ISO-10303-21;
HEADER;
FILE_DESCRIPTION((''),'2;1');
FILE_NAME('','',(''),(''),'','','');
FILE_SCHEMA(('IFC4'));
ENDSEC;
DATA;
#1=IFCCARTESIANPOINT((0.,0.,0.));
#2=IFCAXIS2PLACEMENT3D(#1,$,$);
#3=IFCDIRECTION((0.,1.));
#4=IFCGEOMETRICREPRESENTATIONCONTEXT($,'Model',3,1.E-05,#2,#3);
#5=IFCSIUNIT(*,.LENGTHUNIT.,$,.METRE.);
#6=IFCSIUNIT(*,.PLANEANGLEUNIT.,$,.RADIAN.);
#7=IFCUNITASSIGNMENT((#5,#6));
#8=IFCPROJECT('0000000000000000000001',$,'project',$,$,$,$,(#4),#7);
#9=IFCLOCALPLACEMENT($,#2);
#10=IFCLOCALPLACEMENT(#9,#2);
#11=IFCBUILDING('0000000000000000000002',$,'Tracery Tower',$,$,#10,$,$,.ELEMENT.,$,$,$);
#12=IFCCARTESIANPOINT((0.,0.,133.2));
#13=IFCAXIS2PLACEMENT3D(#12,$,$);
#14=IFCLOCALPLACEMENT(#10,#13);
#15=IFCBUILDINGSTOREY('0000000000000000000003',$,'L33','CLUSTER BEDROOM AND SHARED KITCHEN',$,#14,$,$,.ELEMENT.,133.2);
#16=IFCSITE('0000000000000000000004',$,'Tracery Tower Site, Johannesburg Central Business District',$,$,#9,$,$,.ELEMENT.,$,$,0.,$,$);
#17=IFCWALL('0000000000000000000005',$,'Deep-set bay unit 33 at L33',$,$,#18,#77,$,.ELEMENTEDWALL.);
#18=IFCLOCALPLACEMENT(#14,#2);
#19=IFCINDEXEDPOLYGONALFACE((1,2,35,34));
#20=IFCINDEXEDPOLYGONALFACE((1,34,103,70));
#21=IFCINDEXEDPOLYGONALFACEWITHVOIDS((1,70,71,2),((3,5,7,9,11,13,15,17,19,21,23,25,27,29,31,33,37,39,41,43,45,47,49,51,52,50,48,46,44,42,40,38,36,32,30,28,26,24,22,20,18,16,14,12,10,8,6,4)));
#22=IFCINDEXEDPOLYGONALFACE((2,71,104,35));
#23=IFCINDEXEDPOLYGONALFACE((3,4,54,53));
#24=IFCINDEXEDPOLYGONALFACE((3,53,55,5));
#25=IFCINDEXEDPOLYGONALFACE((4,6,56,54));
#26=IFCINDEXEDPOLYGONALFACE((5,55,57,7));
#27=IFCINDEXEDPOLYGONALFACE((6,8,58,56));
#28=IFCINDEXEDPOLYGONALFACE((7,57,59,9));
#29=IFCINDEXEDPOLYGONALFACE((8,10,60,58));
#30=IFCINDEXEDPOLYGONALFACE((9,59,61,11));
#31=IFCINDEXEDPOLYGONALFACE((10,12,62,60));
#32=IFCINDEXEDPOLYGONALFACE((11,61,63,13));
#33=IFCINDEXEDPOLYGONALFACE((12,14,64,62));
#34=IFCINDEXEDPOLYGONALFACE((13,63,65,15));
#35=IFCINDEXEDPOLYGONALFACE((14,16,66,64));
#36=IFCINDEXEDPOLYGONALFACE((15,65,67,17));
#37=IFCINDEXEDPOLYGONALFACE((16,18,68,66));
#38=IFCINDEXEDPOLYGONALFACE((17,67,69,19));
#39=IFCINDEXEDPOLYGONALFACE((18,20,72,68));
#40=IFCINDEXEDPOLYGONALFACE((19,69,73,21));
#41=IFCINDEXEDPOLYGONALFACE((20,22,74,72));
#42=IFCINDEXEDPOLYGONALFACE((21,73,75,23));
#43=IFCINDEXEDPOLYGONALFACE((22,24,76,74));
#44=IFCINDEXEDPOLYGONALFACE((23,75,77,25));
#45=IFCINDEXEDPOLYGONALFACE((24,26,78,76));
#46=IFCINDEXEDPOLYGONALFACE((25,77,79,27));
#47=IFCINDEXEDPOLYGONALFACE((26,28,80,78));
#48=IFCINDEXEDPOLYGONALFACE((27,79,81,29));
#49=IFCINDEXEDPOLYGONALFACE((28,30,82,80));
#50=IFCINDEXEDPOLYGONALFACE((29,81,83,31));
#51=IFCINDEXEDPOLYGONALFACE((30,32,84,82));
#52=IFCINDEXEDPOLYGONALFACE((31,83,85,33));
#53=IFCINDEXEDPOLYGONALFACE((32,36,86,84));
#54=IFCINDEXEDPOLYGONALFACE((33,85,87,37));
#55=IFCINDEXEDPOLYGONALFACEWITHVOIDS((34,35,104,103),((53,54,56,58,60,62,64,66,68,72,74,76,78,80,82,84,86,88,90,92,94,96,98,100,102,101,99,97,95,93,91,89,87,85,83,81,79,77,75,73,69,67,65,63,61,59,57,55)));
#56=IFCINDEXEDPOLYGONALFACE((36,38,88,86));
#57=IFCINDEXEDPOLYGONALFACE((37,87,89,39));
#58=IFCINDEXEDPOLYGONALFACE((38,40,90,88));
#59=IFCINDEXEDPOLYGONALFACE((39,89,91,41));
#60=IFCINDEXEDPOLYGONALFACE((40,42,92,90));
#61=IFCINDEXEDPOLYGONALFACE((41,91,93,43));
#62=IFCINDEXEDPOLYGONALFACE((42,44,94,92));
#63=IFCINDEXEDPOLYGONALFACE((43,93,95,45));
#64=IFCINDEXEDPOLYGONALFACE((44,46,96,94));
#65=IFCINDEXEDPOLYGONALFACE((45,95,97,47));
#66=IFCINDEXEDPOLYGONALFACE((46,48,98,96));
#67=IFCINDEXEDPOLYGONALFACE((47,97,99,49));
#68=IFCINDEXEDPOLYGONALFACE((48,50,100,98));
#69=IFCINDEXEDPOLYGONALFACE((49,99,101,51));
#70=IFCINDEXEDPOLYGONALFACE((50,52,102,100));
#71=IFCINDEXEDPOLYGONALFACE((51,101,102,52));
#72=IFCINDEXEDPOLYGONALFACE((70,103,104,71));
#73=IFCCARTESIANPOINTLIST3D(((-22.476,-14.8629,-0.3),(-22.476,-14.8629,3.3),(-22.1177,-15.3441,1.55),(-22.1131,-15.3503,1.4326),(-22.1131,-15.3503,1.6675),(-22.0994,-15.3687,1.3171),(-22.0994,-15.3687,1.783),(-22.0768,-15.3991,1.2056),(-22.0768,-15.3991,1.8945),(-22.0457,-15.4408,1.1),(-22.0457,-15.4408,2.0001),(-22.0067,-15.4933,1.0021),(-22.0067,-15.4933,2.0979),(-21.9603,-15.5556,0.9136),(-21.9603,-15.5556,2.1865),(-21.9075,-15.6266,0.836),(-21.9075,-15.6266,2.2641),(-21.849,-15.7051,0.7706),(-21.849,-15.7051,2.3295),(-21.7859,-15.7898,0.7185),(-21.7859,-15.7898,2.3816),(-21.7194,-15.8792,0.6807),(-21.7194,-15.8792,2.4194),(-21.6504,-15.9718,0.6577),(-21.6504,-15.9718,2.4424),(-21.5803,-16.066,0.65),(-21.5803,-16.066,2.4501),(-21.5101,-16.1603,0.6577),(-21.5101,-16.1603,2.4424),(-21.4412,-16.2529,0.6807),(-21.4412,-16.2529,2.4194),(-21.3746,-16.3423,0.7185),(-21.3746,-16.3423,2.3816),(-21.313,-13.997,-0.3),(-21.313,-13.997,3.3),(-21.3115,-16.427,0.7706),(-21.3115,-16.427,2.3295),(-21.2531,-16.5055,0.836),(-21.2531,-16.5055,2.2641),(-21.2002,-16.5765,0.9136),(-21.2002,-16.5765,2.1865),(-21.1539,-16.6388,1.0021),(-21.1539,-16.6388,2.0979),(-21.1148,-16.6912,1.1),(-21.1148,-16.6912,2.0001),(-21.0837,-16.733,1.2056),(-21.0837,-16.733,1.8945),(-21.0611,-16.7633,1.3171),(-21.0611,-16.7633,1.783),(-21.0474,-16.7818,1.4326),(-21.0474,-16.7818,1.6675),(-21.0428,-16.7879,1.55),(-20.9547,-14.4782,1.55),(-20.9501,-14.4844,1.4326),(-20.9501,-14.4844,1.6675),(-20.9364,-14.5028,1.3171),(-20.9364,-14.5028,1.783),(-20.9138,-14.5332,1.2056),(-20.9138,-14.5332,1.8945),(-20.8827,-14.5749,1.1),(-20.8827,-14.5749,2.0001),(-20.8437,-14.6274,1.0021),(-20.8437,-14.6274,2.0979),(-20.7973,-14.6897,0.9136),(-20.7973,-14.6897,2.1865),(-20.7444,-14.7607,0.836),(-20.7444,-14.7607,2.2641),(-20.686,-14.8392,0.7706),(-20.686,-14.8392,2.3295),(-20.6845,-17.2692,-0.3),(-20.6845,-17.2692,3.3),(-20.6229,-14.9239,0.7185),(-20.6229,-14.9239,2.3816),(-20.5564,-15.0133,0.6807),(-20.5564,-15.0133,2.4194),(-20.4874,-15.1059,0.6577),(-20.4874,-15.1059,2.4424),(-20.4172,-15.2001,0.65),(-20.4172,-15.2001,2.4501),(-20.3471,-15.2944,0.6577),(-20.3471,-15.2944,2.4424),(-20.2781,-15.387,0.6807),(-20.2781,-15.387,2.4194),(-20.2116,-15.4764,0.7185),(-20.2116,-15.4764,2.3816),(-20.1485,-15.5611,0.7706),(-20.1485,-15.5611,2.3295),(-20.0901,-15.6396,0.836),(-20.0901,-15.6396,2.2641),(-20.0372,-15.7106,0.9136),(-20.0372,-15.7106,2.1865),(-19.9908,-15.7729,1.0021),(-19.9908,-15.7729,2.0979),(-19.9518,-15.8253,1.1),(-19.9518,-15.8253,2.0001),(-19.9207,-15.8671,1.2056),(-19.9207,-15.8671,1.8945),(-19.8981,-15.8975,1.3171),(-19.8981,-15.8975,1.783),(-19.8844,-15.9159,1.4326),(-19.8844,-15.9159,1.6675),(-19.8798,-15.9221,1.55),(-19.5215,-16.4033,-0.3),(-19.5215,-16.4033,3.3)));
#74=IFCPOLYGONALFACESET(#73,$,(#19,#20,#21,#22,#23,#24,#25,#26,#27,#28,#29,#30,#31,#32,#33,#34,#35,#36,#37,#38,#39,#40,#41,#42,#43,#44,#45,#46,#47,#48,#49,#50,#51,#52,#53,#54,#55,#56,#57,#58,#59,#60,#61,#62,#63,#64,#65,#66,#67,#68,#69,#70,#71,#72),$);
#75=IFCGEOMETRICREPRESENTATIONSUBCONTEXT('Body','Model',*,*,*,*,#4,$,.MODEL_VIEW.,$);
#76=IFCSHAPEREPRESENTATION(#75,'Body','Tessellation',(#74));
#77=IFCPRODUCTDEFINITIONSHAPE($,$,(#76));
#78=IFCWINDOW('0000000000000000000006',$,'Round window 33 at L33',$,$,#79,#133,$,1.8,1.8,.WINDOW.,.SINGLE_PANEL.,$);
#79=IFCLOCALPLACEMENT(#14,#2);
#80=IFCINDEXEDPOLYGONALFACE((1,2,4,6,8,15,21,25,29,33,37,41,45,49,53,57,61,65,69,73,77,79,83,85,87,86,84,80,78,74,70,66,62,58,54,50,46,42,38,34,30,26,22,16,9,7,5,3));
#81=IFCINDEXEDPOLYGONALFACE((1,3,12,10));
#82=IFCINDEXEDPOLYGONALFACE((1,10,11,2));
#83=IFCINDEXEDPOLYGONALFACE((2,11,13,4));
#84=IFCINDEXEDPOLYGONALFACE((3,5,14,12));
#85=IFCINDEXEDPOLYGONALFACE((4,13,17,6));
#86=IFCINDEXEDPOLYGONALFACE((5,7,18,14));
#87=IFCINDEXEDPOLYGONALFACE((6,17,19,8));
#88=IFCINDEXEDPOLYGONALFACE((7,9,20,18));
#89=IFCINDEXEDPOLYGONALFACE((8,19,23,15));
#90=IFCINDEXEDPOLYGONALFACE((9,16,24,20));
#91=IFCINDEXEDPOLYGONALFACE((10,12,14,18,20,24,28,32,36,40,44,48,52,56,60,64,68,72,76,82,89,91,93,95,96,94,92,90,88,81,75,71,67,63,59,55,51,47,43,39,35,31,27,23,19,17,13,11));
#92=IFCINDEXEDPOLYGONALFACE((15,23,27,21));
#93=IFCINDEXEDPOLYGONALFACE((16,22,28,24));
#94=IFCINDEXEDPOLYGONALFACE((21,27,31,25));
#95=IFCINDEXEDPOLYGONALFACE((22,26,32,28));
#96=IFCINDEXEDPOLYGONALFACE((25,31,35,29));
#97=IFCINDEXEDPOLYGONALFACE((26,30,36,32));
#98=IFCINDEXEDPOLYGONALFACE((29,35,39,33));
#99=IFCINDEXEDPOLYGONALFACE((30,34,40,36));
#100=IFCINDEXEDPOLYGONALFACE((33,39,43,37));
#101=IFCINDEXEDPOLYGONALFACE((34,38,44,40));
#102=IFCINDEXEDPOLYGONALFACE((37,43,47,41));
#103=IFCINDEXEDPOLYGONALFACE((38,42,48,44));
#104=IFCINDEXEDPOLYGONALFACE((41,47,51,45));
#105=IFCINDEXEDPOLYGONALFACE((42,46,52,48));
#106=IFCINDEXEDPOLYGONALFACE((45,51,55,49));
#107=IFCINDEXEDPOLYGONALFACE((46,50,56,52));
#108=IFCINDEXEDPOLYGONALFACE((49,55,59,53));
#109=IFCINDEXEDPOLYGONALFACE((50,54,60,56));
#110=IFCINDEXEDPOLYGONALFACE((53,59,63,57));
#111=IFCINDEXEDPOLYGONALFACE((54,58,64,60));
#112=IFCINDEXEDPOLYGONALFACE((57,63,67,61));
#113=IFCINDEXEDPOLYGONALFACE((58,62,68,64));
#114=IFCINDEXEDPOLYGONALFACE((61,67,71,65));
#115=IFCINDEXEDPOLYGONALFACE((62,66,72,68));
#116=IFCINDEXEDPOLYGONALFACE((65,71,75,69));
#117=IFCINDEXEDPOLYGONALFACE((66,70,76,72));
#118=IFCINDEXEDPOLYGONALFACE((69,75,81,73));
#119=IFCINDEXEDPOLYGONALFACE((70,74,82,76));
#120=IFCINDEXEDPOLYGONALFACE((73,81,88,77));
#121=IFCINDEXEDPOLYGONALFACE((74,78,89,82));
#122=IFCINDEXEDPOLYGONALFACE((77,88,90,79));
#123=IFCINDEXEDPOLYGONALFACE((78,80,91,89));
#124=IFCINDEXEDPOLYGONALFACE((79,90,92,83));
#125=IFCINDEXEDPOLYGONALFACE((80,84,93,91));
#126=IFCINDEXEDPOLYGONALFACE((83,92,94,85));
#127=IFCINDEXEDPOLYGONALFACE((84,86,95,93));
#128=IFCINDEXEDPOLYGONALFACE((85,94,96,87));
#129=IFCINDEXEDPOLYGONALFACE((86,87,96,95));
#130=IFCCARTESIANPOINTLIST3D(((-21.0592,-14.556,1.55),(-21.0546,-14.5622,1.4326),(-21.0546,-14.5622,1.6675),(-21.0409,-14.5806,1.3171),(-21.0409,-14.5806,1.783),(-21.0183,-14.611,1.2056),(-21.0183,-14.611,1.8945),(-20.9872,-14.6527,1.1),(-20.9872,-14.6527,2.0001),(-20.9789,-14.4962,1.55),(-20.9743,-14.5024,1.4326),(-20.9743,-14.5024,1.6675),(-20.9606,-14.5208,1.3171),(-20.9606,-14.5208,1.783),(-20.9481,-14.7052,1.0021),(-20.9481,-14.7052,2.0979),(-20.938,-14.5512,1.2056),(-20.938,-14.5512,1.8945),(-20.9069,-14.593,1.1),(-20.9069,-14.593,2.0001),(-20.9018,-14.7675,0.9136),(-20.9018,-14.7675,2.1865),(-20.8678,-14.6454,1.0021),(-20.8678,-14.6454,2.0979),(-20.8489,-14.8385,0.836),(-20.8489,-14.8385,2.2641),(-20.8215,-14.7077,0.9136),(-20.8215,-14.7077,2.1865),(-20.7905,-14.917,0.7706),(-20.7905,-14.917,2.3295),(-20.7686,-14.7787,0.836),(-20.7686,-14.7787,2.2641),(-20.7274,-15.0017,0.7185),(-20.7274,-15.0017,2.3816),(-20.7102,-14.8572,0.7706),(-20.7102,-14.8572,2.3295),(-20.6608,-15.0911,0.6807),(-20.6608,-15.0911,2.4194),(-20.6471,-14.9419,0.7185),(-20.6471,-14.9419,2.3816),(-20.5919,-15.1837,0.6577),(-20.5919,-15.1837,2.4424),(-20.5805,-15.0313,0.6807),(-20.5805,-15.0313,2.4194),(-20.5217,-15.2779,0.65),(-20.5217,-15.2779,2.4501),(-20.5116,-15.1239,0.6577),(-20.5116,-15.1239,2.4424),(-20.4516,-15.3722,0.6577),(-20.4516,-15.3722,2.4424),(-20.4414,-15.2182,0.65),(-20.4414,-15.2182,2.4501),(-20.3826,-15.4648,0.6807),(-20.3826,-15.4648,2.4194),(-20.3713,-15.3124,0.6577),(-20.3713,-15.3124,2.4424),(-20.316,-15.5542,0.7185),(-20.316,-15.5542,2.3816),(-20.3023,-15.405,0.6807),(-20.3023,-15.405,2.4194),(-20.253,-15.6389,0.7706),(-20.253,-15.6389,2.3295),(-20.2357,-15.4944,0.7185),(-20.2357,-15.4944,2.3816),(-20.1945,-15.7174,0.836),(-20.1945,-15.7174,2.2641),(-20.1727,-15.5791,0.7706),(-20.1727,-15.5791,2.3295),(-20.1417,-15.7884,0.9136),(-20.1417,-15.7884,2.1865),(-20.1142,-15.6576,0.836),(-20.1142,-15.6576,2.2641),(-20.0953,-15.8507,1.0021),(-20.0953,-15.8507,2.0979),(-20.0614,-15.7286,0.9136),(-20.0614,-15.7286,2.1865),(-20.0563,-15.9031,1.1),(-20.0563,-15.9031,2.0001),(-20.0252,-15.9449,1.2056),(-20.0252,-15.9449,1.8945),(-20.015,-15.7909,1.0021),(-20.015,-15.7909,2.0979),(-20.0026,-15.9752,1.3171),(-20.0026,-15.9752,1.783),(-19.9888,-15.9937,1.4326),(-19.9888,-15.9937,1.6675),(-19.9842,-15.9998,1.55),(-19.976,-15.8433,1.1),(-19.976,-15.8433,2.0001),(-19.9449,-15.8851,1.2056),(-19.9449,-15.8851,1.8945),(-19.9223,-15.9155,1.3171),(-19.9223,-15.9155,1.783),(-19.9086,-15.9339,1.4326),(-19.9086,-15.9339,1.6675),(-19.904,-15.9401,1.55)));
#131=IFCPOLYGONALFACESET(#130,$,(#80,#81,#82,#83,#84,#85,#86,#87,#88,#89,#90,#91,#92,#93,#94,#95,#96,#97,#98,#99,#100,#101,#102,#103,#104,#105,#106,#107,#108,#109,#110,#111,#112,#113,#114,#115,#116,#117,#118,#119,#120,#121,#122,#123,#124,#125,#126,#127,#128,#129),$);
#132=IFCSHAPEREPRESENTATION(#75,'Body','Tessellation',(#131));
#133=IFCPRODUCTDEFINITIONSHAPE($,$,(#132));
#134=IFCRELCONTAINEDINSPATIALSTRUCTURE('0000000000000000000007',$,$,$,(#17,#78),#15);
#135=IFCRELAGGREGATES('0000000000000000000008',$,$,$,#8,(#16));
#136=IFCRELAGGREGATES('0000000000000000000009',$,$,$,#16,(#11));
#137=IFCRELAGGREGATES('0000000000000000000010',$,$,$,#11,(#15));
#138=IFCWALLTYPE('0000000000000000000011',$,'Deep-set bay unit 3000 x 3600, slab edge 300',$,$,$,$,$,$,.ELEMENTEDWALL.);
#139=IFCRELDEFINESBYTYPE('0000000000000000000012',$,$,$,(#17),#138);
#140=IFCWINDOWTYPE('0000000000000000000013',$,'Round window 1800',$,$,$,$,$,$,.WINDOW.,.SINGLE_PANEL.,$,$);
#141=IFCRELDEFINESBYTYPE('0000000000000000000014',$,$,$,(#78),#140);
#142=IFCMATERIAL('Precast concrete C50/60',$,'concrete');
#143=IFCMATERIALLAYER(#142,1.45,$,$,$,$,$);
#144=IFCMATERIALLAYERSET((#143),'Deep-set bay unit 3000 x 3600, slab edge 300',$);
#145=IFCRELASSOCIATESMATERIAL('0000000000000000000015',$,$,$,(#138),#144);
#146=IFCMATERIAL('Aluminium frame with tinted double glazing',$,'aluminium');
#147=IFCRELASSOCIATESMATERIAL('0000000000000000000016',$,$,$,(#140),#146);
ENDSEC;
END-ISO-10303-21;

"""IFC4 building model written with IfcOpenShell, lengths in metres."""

from ifc_helpers import new_model, si_unit, direction, frame, frame_2d, origin, origin_2d, place, context, subcontext, project, spatial, rectangle, circle, extrude, material, layer, layer_set, type_object, element, fill, save


model = new_model("IFC4")

# Units and contexts
model_context = context("Model", 3, precision=1e-05, world=origin(), true_north=direction((0.0, 1.0)))
body_context = subcontext(model_context, "Body", "Model", "MODEL_VIEW")
ifc_project = project(units=[si_unit("LENGTHUNIT", "METRE"), si_unit("PLANEANGLEUNIT", "RADIAN")], contexts=[model_context])

# Site, building, storey
site_placement = place(None, origin())
site = spatial("IfcSite", under=ifc_project, at=site_placement, Name="Tracery Tower Site, Johannesburg Central Business District", CompositionType="ELEMENT", RefElevation=0.0)
building_placement = place(site_placement, origin())
building = spatial("IfcBuilding", under=site, at=building_placement, Name="Tracery Tower", CompositionType="ELEMENT")
storey_placement = place(building_placement, frame((0.0, 0.0, 133.2)))
storey = spatial("IfcBuildingStorey", under=building, at=storey_placement, Name="L33", Description="CLUSTER BEDROOM AND SHARED KITCHEN", CompositionType="ELEMENT", Elevation=133.2)

# Wall, opening, window
ifc_material_1 = material(Name="Precast concrete C50/60", Category="concrete")
ifc_layer_1 = layer(ifc_material_1, 1.45)
ifc_layer_set_1 = layer_set([ifc_layer_1], Name="Deep-set bay unit 3000 x 3600, slab edge 300")
wall_type_1 = type_object("IfcWallType", Name="Deep-set bay unit 3000 x 3600, slab edge 300", PredefinedType="ELEMENTEDWALL", material=ifc_layer_set_1)
wall_1_placement = place(storey_placement, frame((-21.8945, -14.4299, -0.3), z_axis=(0.0, 0.0, 1.0), x_axis=(0.597184, -0.802104, 0.0)))
wall_1 = element("IfcWall", 1, at=wall_1_placement, inside=storey, type_object=wall_type_1, Name="Deep-set bay unit 33 at L33", PredefinedType="ELEMENTEDWALL", context=body_context, shape_type="SweptSolid", body=[
    extrude(rectangle(XDim=3.0, YDim=1.45, at=frame_2d((1.5, 0.0))), origin(), (0.0, 0.0, 1.0), 3.6001),
])
opening_1_placement = place(wall_1_placement, frame((1.5, 0.0, 1.8501)))
opening_1 = element("IfcOpeningElement", 2, at=opening_1_placement, cuts=wall_1, PredefinedType="OPENING", context=body_context, shape_type="SweptSolid", body=[
    extrude(circle(Radius=0.9, at=origin_2d()), frame((0.0, 0.7349, 0.0), z_axis=(0.0, -1.0, 0.0), x_axis=(1.0, 0.0, 0.0)), (0.0, 0.0, 1.0), 1.47),
])
ifc_material_2 = material(Name="Aluminium frame with tinted double glazing", Category="aluminium")
window_type = type_object("IfcWindowType", Name="Round window 1800", PartitioningType="SINGLE_PANEL", PredefinedType="WINDOW", material=ifc_material_2)
window_1_placement = place(opening_1_placement, origin())
window_1 = element("IfcWindow", 3, at=window_1_placement, inside=storey, type_object=window_type, Name="Round window 33 at L33", OverallHeight=1.8, OverallWidth=1.8, PartitioningType="SINGLE_PANEL", PredefinedType="WINDOW", context=body_context, shape_type="SweptSolid", body=[
    extrude(circle(Radius=0.9, at=origin_2d()), frame((0.0, 0.6948, 0.0), z_axis=(0.0, -1.0, 0.0), x_axis=(1.0, 0.0, 0.0)), (0.0, 0.0, 1.0), 0.1001),
])
fill(opening_1, window_1)

save(model, "model.ifc")
